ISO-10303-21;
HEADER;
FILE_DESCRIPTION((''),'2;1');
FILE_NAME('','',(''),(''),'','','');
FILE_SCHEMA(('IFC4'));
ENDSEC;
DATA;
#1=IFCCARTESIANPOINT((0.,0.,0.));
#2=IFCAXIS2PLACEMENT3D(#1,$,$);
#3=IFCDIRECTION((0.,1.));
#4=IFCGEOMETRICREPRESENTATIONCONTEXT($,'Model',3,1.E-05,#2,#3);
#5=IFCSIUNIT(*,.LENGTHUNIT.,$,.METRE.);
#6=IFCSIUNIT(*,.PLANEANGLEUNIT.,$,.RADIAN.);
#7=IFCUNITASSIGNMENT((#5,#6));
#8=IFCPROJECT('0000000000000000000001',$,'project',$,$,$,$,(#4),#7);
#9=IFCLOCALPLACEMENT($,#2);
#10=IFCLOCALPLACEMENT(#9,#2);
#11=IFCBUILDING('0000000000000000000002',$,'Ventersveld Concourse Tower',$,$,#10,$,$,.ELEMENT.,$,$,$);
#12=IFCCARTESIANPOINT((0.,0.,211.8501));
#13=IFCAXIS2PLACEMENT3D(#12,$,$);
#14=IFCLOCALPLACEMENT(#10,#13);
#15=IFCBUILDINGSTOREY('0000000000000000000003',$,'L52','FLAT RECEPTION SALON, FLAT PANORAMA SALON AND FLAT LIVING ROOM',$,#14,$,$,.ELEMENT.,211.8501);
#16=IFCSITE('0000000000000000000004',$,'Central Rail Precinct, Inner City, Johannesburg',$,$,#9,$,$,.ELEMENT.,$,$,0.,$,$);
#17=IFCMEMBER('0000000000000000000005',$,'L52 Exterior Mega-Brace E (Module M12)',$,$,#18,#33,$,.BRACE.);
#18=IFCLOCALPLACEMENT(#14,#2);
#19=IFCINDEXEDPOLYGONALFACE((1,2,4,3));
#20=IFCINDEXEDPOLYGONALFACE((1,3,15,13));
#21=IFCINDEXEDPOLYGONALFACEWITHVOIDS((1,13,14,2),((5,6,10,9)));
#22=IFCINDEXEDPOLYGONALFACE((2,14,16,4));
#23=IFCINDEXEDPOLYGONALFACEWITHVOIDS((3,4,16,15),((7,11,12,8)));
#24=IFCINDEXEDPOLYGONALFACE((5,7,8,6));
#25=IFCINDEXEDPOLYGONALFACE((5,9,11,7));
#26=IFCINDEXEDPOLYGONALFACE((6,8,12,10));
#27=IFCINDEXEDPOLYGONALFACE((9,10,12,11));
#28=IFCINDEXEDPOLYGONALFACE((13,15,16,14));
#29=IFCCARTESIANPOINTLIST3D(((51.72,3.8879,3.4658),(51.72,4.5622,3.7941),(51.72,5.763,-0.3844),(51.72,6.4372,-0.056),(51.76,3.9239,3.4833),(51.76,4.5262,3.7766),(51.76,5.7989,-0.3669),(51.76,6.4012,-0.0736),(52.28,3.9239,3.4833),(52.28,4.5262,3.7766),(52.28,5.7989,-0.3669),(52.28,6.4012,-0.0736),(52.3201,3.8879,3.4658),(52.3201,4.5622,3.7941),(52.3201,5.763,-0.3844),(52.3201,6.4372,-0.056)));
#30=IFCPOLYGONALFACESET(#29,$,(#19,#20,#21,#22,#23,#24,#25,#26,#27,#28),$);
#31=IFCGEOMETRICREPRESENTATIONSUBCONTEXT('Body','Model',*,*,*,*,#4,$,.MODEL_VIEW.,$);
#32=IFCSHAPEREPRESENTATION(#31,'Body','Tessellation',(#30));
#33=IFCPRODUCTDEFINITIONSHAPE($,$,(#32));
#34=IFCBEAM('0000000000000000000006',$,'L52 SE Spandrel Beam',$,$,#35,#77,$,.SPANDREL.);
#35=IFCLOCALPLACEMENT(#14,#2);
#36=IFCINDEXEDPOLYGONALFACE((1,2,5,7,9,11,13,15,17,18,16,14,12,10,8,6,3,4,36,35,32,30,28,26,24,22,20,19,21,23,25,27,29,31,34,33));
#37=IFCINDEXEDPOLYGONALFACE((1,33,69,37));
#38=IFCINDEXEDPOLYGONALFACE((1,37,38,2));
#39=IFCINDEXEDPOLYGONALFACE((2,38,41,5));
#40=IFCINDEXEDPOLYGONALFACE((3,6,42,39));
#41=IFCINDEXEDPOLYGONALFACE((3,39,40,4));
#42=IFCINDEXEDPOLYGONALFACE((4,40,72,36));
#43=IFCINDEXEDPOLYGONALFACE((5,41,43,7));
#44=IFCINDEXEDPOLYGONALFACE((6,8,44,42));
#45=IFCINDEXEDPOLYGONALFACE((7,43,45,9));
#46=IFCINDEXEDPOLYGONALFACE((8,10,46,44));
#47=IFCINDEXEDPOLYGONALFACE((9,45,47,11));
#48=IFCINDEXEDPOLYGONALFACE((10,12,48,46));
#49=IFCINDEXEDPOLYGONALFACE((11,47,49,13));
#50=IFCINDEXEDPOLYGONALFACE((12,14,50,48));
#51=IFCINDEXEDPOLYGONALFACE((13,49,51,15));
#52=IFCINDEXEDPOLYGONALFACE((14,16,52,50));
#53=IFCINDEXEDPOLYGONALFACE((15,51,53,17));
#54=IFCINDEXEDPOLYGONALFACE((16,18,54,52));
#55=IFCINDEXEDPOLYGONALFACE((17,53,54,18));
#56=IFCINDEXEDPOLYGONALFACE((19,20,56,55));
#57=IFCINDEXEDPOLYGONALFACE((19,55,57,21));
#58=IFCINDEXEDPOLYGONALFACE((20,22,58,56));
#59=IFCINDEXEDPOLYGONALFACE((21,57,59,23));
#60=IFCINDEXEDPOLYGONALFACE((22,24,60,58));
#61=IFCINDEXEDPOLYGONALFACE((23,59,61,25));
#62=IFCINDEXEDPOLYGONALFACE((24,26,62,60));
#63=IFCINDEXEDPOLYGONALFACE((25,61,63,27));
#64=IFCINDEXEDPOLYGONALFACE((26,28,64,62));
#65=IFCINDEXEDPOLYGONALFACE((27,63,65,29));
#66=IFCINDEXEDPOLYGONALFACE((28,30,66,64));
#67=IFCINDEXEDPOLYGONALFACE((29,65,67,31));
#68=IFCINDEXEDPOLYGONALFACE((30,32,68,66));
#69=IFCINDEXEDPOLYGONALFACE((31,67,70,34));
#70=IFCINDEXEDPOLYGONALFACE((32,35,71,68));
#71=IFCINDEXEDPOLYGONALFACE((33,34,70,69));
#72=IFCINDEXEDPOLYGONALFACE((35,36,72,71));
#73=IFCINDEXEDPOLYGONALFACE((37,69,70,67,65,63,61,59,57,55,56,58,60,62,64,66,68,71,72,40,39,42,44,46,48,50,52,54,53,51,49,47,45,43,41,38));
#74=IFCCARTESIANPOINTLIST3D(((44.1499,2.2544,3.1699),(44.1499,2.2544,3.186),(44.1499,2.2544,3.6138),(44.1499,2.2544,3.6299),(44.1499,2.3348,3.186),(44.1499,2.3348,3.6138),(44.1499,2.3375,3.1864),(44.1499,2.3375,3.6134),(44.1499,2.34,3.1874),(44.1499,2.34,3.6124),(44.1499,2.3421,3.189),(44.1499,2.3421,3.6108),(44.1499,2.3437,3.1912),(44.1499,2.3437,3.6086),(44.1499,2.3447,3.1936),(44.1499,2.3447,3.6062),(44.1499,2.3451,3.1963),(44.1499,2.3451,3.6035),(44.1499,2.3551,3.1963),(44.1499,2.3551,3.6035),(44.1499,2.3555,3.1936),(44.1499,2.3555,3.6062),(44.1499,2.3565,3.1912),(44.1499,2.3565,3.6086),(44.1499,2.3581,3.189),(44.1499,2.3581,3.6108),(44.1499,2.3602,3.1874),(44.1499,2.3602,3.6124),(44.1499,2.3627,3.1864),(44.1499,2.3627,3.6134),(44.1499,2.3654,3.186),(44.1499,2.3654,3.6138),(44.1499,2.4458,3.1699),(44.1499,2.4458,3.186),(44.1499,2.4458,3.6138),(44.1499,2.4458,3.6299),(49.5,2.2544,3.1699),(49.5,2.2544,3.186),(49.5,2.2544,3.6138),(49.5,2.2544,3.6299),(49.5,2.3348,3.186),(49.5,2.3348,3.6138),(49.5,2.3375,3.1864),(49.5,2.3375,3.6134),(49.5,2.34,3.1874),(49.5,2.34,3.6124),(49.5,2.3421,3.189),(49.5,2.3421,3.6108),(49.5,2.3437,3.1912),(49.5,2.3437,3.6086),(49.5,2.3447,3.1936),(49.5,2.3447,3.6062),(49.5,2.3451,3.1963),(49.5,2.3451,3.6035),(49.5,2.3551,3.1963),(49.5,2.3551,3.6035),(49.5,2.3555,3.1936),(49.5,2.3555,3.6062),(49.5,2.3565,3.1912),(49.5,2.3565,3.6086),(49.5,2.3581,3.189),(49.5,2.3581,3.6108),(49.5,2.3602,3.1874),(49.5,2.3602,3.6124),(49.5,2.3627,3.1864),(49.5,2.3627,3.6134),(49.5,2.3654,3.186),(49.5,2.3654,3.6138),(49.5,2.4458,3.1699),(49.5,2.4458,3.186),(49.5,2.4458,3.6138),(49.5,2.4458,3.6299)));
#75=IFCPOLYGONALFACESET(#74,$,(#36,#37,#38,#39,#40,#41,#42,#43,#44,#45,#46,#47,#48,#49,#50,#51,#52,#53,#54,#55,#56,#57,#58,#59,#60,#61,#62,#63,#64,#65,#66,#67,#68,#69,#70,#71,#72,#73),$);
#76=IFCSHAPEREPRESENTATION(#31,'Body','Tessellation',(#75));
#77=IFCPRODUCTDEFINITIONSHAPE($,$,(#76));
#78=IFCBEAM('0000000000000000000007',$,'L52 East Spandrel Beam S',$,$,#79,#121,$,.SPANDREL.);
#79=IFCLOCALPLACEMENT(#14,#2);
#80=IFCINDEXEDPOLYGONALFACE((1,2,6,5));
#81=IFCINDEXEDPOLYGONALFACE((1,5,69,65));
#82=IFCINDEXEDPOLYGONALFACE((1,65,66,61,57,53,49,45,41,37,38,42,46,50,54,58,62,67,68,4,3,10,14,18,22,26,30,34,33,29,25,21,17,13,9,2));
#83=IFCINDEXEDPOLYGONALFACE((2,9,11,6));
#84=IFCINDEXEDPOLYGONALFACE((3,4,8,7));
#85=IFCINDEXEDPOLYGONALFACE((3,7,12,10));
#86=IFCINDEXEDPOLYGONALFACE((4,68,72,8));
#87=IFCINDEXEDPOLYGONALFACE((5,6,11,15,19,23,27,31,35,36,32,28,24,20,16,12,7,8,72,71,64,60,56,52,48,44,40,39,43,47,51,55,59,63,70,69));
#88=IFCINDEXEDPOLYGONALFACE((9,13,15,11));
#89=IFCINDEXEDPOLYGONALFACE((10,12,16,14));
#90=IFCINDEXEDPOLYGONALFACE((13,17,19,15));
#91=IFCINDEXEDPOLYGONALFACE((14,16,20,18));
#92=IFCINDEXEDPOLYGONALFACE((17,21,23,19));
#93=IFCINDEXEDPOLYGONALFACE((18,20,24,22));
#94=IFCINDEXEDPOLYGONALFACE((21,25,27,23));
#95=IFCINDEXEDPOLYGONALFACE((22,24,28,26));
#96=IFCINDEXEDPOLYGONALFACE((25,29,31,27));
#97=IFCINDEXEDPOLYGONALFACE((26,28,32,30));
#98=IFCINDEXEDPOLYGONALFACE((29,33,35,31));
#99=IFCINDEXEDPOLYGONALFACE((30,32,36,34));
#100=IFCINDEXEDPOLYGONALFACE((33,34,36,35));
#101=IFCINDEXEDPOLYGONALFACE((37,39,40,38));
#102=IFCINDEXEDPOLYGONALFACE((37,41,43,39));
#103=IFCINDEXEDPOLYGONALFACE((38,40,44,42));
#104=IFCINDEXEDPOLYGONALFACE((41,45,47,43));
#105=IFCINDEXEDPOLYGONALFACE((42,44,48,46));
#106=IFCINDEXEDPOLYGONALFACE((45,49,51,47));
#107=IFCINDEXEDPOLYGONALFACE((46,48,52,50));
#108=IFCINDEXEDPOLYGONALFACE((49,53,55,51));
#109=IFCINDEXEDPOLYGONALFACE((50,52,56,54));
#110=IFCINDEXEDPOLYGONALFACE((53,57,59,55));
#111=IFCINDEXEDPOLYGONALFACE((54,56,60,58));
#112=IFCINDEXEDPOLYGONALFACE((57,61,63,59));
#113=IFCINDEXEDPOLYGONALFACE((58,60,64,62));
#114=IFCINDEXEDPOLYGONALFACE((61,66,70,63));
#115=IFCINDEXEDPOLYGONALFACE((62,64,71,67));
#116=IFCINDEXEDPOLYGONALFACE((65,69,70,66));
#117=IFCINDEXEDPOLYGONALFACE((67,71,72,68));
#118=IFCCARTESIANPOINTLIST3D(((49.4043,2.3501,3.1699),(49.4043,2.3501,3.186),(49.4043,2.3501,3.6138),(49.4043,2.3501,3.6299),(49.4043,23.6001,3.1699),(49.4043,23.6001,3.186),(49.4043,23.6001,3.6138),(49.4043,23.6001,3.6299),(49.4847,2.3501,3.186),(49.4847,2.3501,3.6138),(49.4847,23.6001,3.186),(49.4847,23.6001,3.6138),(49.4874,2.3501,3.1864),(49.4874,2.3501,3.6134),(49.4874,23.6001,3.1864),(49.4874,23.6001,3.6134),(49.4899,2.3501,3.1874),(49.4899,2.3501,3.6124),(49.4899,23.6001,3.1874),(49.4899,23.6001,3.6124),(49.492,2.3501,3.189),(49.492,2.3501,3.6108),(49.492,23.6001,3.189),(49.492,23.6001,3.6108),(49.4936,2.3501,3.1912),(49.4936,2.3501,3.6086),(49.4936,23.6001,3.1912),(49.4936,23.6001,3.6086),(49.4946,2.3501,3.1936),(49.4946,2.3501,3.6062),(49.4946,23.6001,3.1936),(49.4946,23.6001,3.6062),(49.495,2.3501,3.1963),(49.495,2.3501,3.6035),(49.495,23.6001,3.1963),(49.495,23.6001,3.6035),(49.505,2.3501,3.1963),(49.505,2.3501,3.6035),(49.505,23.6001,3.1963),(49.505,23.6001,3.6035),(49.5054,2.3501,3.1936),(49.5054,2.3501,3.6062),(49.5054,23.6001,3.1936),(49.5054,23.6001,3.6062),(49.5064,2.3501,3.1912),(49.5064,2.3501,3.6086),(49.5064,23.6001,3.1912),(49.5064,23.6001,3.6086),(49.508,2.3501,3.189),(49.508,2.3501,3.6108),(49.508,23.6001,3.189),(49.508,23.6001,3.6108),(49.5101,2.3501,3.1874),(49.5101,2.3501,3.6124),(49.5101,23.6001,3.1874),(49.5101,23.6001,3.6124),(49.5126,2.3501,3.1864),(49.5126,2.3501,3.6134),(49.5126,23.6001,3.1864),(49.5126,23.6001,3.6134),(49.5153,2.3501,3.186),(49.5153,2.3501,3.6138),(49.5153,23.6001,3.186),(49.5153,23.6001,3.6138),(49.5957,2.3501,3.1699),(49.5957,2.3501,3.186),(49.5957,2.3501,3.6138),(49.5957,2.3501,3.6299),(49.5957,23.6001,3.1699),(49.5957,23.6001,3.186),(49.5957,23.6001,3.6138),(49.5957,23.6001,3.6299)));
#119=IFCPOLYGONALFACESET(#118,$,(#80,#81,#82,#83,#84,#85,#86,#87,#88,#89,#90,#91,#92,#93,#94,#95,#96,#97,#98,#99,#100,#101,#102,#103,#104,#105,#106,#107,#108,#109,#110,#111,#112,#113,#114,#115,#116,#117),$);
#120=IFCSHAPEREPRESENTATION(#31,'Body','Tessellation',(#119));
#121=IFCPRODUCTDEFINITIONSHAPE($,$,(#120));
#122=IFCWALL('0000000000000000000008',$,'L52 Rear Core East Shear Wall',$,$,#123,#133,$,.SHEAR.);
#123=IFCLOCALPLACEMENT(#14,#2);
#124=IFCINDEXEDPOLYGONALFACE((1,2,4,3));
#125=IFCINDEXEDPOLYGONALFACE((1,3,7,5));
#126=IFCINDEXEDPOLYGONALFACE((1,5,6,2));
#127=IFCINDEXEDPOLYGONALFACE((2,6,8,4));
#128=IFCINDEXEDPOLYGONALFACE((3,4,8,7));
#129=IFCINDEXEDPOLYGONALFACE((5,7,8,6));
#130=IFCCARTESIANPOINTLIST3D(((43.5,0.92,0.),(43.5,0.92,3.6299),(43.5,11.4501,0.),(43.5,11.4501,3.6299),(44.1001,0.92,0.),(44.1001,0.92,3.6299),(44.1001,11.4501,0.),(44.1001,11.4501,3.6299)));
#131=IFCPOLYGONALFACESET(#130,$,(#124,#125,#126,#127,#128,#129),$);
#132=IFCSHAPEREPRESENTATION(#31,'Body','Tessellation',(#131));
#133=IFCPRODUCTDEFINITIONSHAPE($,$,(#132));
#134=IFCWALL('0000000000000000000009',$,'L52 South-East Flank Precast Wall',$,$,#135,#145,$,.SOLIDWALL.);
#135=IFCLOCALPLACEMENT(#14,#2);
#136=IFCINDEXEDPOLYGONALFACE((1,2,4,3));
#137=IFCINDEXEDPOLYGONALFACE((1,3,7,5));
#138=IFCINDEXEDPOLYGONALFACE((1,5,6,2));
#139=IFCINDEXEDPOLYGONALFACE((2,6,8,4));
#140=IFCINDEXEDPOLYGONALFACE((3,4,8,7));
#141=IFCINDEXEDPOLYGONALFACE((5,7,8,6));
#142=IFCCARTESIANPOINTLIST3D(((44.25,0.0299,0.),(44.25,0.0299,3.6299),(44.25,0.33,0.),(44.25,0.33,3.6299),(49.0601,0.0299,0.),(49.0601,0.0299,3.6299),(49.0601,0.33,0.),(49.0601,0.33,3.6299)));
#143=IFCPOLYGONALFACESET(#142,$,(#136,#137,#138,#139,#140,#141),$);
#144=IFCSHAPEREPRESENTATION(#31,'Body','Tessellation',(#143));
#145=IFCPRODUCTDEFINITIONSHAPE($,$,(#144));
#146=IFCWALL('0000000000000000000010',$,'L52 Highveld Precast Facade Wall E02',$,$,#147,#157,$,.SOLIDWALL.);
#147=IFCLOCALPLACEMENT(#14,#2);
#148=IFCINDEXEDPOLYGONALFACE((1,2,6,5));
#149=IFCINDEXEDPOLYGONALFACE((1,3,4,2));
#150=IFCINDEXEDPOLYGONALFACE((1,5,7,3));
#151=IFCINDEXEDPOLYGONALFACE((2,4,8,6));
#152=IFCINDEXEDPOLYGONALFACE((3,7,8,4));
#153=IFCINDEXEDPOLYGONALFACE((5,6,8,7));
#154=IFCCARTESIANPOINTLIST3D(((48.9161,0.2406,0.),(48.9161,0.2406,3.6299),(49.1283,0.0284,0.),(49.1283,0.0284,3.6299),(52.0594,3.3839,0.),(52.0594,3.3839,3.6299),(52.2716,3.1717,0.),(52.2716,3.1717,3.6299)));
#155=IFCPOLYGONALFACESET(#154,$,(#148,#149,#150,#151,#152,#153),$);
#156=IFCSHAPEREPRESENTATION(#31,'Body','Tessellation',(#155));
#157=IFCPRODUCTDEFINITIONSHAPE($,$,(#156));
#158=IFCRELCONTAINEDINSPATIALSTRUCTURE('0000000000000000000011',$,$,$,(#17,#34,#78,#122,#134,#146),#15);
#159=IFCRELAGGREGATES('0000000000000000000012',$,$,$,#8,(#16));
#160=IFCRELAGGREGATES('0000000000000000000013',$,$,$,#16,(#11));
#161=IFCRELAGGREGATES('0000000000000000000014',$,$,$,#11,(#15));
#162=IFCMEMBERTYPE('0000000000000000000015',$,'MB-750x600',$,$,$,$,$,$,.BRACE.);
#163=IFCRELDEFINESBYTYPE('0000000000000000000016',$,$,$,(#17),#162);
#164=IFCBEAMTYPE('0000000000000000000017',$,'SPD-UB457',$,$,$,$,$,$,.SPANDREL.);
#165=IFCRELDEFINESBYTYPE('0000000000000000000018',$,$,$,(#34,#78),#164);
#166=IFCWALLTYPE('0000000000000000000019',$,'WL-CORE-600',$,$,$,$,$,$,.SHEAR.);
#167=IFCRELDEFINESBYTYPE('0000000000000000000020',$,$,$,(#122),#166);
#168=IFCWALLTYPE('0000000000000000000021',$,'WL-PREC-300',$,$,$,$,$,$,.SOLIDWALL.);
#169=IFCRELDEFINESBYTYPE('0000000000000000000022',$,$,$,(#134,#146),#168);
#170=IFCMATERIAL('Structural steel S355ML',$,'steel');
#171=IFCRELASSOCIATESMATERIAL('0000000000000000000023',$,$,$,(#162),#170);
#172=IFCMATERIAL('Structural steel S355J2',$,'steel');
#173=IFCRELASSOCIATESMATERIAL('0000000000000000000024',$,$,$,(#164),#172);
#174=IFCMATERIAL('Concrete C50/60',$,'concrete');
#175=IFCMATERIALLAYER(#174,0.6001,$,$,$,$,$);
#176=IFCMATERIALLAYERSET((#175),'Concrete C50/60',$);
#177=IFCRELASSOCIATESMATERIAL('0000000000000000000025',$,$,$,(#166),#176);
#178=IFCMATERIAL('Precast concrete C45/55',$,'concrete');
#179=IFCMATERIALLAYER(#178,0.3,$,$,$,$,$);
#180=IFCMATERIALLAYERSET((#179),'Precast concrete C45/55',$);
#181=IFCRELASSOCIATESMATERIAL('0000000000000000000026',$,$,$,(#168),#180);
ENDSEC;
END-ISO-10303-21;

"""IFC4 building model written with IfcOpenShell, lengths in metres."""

from ifc_helpers import new_model, si_unit, direction, frame, frame_2d, origin, origin_2d, place, context, subcontext, project, spatial, rectangle, hollow_rectangle, i_section, extrude, material, layer, layer_set, material_profile, profile_set, type_object, element, save


model = new_model("IFC4")

# Units and contexts
model_context = context("Model", 3, precision=1e-05, world=origin(), true_north=direction((0.0, 1.0)))
body_context = subcontext(model_context, "Body", "Model", "MODEL_VIEW")
ifc_project = project(units=[si_unit("LENGTHUNIT", "METRE"), si_unit("PLANEANGLEUNIT", "RADIAN")], contexts=[model_context])

# Site, building, storey
site_placement = place(None, origin())
site = spatial("IfcSite", under=ifc_project, at=site_placement, Name="Central Rail Precinct, Inner City, Johannesburg", CompositionType="ELEMENT", RefElevation=0.0)
building_placement = place(site_placement, origin())
building = spatial("IfcBuilding", under=site, at=building_placement, Name="Ventersveld Concourse Tower", CompositionType="ELEMENT")
storey_placement = place(building_placement, frame((0.0, 0.0, 211.8501)))
storey = spatial("IfcBuildingStorey", under=building, at=storey_placement, Name="L52", Description="FLAT RECEPTION SALON, FLAT PANORAMA SALON AND FLAT LIVING ROOM", CompositionType="ELEMENT", Elevation=211.8501)

# Shared definitions
ifc_material_1 = material(Name="Concrete C50/60", Category="concrete")

# Shared definitions
ifc_material_2 = material(Name="Structural steel S355J2", Category="steel")

# Member
ifc_material_3 = material(Name="Structural steel S355ML", Category="steel")
ifc_material_profile_1 = material_profile(ifc_material_3, hollow_rectangle(XDim=0.6001, YDim=0.75, WallThickness=0.04, at=origin_2d()), Name="BOX 750x600x40")
ifc_profile_set_1 = profile_set([ifc_material_profile_1], Name="Structural steel S355ML")
member_type = type_object("IfcMemberType", Name="MB-750x600", PredefinedType="BRACE", material=ifc_profile_set_1)
member_placement = place(storey_placement, frame((52.02, 6.1001, -0.2202), z_axis=(0.0, -0.437839, 0.899053), x_axis=(1.0, 0.0, 0.0)))
element("IfcMember", 1, at=member_placement, inside=storey, type_object=member_type, Name="L52 Exterior Mega-Brace E (Module M12)", PredefinedType="BRACE", context=body_context, shape_type="SweptSolid", body=[
    extrude(hollow_rectangle(XDim=0.6001, YDim=0.75, WallThickness=0.04, at=origin_2d()), origin(), (0.0, 0.0, 1.0), 4.2825),
])

# Beams
ifc_material_profile_2 = material_profile(ifc_material_2, i_section(OverallWidth=0.1914, OverallDepth=0.46, WebThickness=0.01, FlangeThickness=0.0161, FilletRadius=0.0103, at=origin_2d()), Name="UB 457x191x82")
ifc_profile_set_2 = profile_set([ifc_material_profile_2], Name="Structural steel S355J2")
beam_type_1 = type_object("IfcBeamType", Name="SPD-UB457", PredefinedType="SPANDREL", material=ifc_profile_set_2)
beam_1_placement = place(storey_placement, frame((44.1499, 2.3501, 3.3999), z_axis=(1.0, 0.0, 0.0), x_axis=(0.0, 1.0, 0.0)))
element("IfcBeam", 2, at=beam_1_placement, inside=storey, type_object=beam_type_1, Name="L52 SE Spandrel Beam", PredefinedType="SPANDREL", context=body_context, shape_type="SweptSolid", body=[
    extrude(i_section(OverallWidth=0.1914, OverallDepth=0.46, WebThickness=0.01, FlangeThickness=0.0161, FilletRadius=0.0103, at=origin_2d()), origin(), (0.0, 0.0, 1.0), 5.3501),
])
beam_2_placement = place(storey_placement, frame((49.5, 2.3501, 3.3999), z_axis=(0.0, 1.0, 0.0), x_axis=(-1.0, 0.0, 0.0)))
element("IfcBeam", 3, at=beam_2_placement, inside=storey, type_object=beam_type_1, Name="L52 East Spandrel Beam S", PredefinedType="SPANDREL", context=body_context, shape_type="SweptSolid", body=[
    extrude(i_section(OverallWidth=0.1914, OverallDepth=0.46, WebThickness=0.01, FlangeThickness=0.0161, FilletRadius=0.0103, at=origin_2d()), origin(), (0.0, 0.0, 1.0), 21.25),
])

# Walls
ifc_layer_1 = layer(ifc_material_1, 0.6001)
ifc_layer_set_1 = layer_set([ifc_layer_1], Name="Concrete C50/60")
wall_type_1 = type_object("IfcWallType", Name="WL-CORE-600", PredefinedType="SHEAR", material=ifc_layer_set_1)
wall_1_placement = place(storey_placement, frame((43.8, 0.9199, 0.0), z_axis=(0.0, 0.0, 1.0), x_axis=(0.0, 1.0, 0.0)))
element("IfcWall", 4, at=wall_1_placement, inside=storey, type_object=wall_type_1, Name="L52 Rear Core East Shear Wall", PredefinedType="SHEAR", context=body_context, shape_type="SweptSolid", body=[
    extrude(rectangle(XDim=10.53, YDim=0.6001, at=frame_2d((5.2651, 0.0))), origin(), (0.0, 0.0, 1.0), 3.6299),
])
ifc_material_4 = material(Name="Precast concrete C45/55", Category="concrete")
ifc_layer_2 = layer(ifc_material_4, 0.3)
ifc_layer_set_2 = layer_set([ifc_layer_2], Name="Precast concrete C45/55")
wall_type_2 = type_object("IfcWallType", Name="WL-PREC-300", PredefinedType="SOLIDWALL", material=ifc_layer_set_2)
wall_2_placement = place(storey_placement, frame((44.25, 0.1799, 0.0), z_axis=(0.0, 0.0, 1.0), x_axis=(1.0, 0.0, 0.0)))
element("IfcWall", 5, at=wall_2_placement, inside=storey, type_object=wall_type_2, Name="L52 South-East Flank Precast Wall", PredefinedType="SOLIDWALL", context=body_context, shape_type="SweptSolid", body=[
    extrude(rectangle(XDim=4.8101, YDim=0.3, at=frame_2d((2.405, 0.0))), origin(), (0.0, 0.0, 1.0), 3.6299),
])
wall_3_placement = place(storey_placement, frame((49.0222, 0.1345, 0.0), z_axis=(0.0, 0.0, 1.0), x_axis=(0.707107, 0.707107, 0.0)))
element("IfcWall", 6, at=wall_3_placement, inside=storey, type_object=wall_type_2, Name="L52 Highveld Precast Facade Wall E02", PredefinedType="SOLIDWALL", context=body_context, shape_type="SweptSolid", body=[
    extrude(rectangle(XDim=4.4453, YDim=0.3, at=frame_2d((2.2227, 0.0))), origin(), (0.0, 0.0, 1.0), 3.6299),
])

save(model, "model.ifc")
